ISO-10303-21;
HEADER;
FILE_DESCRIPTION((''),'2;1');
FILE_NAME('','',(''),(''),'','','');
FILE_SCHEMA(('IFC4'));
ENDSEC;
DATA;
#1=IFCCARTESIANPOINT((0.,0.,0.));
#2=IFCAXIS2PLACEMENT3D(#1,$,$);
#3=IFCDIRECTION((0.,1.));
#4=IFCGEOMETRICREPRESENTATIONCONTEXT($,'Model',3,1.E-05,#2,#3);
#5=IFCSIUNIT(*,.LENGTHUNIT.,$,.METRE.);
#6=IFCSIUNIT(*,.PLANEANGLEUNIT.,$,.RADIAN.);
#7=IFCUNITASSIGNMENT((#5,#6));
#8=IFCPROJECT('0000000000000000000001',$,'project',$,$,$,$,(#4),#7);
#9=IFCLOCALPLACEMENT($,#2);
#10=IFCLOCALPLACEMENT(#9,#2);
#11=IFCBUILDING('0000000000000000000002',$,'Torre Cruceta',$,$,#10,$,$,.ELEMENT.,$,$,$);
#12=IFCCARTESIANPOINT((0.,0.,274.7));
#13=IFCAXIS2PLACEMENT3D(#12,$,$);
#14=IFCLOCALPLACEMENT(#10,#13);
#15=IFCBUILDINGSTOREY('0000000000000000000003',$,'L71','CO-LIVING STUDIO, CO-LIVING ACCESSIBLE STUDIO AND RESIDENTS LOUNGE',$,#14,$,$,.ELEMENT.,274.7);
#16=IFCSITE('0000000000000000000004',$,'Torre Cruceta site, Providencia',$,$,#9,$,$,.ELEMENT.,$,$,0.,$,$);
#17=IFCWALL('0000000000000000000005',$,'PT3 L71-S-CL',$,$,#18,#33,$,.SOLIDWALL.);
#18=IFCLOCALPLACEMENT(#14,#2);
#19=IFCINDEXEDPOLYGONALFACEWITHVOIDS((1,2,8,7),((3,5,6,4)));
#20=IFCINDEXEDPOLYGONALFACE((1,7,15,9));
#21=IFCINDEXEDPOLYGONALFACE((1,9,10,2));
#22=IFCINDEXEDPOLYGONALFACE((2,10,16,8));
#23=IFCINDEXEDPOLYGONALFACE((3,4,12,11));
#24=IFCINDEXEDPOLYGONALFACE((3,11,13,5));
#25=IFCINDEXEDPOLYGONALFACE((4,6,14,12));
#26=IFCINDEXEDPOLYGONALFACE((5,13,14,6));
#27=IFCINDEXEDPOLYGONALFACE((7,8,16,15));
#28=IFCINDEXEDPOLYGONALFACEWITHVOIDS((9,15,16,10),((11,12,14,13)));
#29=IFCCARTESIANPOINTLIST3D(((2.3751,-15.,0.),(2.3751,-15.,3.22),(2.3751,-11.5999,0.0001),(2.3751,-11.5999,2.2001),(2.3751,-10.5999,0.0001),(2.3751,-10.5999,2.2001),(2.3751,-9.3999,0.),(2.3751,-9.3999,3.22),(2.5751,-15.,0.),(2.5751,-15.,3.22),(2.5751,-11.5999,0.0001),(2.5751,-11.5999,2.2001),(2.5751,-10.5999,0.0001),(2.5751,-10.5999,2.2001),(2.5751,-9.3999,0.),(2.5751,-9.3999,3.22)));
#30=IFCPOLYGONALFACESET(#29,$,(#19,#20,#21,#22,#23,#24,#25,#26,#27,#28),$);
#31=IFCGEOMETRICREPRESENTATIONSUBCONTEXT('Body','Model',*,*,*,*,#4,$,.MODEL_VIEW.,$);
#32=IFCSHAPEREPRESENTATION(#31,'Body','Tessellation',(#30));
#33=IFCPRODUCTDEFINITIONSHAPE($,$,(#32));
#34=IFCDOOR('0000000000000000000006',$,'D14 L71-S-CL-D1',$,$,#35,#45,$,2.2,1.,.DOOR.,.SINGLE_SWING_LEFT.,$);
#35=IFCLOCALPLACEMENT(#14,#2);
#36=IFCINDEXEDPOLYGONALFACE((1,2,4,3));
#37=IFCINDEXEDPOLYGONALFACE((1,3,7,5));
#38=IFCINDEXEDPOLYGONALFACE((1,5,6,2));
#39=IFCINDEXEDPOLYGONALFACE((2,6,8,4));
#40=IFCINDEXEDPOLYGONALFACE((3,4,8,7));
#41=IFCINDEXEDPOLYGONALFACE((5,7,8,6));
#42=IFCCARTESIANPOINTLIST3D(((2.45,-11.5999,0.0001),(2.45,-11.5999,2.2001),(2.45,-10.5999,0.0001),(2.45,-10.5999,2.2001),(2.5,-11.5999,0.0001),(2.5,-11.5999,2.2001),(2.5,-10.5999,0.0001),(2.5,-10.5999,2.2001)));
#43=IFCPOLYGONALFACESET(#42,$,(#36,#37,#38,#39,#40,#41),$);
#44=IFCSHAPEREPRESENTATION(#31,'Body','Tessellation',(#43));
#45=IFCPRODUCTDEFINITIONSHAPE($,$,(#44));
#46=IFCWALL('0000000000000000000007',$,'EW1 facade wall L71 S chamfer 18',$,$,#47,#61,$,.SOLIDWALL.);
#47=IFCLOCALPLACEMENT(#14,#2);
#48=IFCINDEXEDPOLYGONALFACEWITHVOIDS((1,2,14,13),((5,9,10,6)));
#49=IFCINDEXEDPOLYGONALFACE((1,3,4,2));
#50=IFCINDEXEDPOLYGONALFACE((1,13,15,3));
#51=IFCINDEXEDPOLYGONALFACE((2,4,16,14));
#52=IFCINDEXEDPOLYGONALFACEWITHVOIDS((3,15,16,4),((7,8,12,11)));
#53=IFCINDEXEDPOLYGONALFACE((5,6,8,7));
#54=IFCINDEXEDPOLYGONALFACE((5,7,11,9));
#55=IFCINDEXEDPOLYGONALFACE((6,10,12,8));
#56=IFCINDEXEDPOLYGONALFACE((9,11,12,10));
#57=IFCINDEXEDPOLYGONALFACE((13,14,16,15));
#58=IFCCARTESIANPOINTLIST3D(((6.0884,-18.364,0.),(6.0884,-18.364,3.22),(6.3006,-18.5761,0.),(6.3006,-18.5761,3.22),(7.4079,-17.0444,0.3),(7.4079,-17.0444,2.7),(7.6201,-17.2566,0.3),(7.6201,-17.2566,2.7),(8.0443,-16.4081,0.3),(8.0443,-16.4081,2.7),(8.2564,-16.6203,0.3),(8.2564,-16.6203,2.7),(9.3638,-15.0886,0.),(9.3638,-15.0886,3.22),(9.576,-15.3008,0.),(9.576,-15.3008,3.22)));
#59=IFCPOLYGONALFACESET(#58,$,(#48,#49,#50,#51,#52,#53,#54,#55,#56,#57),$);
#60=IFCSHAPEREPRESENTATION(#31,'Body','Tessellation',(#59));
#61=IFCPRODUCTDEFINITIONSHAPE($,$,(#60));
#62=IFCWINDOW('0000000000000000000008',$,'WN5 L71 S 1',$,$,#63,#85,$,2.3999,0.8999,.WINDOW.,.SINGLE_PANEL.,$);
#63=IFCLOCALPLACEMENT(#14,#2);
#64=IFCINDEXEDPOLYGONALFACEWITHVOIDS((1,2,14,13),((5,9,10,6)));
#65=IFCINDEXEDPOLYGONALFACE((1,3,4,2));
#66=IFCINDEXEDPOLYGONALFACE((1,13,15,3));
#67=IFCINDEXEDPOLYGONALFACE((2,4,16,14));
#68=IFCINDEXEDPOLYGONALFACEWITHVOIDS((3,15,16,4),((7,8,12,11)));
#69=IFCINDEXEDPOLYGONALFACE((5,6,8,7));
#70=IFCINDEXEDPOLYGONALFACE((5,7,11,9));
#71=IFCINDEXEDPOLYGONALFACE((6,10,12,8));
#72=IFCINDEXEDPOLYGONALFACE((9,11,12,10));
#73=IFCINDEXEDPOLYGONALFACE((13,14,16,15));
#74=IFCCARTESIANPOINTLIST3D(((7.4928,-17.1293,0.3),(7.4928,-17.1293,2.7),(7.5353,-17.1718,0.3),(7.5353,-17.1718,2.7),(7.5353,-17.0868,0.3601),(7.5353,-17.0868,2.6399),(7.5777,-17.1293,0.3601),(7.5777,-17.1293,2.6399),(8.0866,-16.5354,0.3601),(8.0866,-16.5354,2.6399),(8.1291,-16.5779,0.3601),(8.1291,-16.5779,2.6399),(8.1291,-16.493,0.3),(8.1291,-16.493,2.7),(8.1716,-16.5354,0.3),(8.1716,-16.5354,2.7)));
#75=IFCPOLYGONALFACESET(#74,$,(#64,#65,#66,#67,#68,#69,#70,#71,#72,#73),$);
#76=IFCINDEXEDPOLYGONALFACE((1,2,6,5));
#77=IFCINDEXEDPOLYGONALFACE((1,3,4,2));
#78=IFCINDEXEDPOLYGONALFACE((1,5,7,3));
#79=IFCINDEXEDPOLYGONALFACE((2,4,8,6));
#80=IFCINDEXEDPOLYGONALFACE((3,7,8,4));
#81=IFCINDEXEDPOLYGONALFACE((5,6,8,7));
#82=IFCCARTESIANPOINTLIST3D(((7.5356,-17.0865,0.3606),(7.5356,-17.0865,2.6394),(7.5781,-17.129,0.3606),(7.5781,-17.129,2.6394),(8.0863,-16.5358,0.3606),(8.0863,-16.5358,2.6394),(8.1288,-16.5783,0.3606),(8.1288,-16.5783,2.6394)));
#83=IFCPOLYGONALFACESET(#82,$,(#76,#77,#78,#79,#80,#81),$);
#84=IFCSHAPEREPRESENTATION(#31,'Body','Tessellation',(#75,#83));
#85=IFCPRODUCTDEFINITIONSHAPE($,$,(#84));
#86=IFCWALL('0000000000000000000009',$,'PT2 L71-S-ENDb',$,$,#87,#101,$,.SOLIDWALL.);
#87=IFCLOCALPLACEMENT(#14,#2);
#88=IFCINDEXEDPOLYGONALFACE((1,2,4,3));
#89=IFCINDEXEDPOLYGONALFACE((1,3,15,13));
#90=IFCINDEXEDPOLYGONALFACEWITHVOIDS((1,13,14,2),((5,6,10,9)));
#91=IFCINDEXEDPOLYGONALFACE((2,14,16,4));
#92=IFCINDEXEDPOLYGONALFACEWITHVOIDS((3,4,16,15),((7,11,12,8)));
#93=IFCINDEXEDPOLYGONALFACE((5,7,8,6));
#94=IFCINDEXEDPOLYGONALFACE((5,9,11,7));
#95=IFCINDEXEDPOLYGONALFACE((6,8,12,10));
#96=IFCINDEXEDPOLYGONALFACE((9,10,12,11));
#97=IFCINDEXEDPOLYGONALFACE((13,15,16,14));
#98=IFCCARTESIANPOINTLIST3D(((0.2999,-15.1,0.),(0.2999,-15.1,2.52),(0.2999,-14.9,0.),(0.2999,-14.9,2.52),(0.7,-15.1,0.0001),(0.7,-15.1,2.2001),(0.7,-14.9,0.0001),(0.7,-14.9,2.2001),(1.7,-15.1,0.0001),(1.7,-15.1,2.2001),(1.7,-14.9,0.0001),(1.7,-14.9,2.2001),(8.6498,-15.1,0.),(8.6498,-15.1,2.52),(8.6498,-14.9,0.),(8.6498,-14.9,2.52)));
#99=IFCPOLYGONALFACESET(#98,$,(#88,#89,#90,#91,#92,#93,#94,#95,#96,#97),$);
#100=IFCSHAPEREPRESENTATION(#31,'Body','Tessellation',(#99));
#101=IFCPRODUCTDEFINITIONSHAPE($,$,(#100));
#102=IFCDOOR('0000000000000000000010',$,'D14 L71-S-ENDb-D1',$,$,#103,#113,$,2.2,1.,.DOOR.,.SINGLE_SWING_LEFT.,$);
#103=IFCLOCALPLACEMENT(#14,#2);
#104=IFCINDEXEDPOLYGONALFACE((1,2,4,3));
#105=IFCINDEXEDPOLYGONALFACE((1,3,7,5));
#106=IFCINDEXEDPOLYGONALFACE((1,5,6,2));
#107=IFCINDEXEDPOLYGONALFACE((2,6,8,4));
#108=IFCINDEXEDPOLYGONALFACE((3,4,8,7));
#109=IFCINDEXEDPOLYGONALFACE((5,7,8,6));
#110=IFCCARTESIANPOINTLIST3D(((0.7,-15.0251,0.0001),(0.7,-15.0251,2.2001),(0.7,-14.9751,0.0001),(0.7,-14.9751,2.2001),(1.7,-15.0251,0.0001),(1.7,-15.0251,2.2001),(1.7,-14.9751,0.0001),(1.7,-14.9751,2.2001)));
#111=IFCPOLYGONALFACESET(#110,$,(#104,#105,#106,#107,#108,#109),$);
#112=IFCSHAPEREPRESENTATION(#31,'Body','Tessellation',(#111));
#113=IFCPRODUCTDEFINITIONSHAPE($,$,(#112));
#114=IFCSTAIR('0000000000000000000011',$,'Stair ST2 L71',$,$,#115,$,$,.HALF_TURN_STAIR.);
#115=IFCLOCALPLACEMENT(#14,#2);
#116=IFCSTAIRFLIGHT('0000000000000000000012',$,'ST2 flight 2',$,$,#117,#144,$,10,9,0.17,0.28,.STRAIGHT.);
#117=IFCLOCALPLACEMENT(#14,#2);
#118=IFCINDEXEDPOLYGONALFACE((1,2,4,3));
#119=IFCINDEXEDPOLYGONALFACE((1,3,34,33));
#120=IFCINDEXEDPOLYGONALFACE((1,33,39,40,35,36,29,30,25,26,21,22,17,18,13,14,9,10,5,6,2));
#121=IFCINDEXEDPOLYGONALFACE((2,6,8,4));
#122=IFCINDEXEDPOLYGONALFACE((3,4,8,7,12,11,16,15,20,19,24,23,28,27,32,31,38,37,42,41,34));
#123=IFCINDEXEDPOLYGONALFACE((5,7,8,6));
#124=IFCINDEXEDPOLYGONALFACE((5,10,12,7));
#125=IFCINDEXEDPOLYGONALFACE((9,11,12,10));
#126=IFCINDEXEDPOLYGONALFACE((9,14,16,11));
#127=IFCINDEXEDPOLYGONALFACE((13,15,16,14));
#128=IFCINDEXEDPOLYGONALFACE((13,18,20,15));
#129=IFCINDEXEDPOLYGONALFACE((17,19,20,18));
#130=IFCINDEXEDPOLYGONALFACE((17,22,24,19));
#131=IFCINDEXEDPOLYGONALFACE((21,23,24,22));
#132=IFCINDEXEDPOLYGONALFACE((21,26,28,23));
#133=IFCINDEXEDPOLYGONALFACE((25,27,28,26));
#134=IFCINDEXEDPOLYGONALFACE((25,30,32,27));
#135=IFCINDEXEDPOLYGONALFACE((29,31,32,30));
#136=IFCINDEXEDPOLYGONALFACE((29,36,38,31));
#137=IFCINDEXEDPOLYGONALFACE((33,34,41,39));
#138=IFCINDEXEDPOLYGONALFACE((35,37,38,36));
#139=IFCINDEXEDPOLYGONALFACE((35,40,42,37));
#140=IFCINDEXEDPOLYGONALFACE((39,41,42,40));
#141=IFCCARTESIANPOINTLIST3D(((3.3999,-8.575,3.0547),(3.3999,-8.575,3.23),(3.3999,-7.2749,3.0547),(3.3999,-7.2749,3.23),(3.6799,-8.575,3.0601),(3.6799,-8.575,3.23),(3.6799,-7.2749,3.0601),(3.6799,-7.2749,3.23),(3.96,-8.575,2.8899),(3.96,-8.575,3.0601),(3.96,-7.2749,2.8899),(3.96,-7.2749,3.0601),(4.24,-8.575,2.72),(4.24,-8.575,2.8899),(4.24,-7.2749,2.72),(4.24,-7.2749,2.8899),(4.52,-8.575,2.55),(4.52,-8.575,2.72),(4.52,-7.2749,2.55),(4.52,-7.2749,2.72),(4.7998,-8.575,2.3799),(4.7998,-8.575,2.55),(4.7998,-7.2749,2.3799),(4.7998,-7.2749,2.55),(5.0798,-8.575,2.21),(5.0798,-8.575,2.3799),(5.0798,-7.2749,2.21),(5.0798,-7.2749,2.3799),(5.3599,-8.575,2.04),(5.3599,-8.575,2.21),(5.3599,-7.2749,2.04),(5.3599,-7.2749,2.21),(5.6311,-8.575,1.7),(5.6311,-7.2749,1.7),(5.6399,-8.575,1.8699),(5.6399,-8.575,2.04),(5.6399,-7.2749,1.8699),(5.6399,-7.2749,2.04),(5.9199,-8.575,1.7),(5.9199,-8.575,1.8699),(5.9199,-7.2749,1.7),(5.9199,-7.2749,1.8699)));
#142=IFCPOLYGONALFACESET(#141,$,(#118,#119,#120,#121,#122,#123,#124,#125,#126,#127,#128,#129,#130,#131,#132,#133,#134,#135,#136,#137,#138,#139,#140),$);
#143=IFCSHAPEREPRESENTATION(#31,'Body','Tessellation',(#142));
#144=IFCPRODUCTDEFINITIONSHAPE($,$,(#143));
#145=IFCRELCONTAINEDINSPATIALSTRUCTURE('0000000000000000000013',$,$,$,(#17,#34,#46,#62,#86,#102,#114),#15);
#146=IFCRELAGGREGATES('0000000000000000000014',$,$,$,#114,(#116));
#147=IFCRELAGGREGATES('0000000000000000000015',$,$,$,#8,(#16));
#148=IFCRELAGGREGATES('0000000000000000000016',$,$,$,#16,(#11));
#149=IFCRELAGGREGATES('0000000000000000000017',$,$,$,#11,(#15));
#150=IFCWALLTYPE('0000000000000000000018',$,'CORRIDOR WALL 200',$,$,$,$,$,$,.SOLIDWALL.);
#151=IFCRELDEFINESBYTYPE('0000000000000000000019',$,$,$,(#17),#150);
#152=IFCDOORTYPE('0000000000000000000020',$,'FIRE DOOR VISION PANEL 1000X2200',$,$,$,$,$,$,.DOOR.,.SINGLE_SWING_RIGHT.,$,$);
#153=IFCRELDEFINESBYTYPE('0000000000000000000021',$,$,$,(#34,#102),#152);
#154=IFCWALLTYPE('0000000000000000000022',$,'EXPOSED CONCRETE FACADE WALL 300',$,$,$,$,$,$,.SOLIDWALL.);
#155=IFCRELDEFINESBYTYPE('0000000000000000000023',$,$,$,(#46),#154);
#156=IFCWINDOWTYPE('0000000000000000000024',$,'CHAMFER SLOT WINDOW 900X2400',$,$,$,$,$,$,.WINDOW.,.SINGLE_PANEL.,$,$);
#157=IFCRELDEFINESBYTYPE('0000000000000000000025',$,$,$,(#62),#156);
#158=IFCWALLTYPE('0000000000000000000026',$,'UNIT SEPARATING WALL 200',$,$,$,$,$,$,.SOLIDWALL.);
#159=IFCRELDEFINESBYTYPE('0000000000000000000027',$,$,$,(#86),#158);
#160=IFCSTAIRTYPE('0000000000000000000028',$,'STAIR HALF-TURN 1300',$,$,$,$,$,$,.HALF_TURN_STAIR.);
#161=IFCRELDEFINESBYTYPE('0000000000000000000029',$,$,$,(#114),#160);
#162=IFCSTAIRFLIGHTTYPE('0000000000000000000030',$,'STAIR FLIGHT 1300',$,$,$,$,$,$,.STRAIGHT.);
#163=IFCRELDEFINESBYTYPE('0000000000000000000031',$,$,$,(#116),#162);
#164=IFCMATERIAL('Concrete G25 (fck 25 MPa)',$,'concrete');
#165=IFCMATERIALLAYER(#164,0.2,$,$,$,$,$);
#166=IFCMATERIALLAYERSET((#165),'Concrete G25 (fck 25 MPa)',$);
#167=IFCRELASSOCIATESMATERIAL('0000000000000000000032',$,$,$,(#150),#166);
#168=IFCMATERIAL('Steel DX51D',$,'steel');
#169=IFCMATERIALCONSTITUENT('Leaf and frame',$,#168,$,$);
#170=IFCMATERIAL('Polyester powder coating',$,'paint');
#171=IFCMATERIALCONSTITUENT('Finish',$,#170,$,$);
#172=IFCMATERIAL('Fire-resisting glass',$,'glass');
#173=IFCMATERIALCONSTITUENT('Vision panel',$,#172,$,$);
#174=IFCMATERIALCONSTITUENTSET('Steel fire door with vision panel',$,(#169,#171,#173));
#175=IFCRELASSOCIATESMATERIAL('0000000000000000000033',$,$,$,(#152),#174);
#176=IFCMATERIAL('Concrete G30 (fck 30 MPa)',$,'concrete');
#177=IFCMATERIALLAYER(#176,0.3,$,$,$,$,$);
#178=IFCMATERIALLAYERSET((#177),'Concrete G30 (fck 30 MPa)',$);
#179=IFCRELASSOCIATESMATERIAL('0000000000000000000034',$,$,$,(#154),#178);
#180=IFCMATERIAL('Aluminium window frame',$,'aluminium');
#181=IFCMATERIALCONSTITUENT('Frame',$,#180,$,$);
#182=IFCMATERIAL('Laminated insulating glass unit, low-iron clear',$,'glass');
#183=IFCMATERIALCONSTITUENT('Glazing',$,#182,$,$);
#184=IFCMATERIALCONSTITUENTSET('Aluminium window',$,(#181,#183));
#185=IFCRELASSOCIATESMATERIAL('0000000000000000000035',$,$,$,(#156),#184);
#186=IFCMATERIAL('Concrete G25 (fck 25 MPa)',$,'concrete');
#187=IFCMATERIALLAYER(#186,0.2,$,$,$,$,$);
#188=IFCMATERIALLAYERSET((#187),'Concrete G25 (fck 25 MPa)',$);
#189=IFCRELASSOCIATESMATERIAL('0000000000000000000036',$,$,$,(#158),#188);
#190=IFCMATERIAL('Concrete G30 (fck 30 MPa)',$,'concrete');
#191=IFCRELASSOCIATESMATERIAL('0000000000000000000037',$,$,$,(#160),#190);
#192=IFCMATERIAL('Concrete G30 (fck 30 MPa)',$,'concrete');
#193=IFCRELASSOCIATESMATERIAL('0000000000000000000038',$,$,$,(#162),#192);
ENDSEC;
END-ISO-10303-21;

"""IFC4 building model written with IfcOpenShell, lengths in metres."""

from ifc_helpers import new_model, si_unit, direction, frame, frame_2d, origin, place, context, subcontext, project, spatial, polyline, rectangle, hollow_rectangle, outline, extrude, material, layer, layer_set, constituent, constituent_set, type_object, element, fill, aggregate, save


model = new_model("IFC4")

# Units and contexts
model_context = context("Model", 3, precision=1e-05, world=origin(), true_north=direction((0.0, 1.0)))
body_context = subcontext(model_context, "Body", "Model", "MODEL_VIEW")
ifc_project = project(units=[si_unit("LENGTHUNIT", "METRE"), si_unit("PLANEANGLEUNIT", "RADIAN")], contexts=[model_context])

# Site, building, storey
site_placement = place(None, origin())
site = spatial("IfcSite", under=ifc_project, at=site_placement, Name="Torre Cruceta site, Providencia", CompositionType="ELEMENT", RefElevation=0.0)
building_placement = place(site_placement, origin())
building = spatial("IfcBuilding", under=site, at=building_placement, Name="Torre Cruceta", CompositionType="ELEMENT")
storey_placement = place(building_placement, frame((0.0, 0.0, 274.7)))
storey = spatial("IfcBuildingStorey", under=building, at=storey_placement, Name="L71", Description="CO-LIVING STUDIO, CO-LIVING ACCESSIBLE STUDIO AND RESIDENTS LOUNGE", CompositionType="ELEMENT", Elevation=274.7)

# Wall, opening, door
ifc_material_1 = material(Name="Concrete G25 (fck 25 MPa)", Category="concrete")
ifc_layer_1 = layer(ifc_material_1, 0.2)
ifc_layer_set_1 = layer_set([ifc_layer_1], Name="Concrete G25 (fck 25 MPa)")
wall_type_1 = type_object("IfcWallType", Name="CORRIDOR WALL 200", PredefinedType="SOLIDWALL", material=ifc_layer_set_1)
wall_1_placement = place(storey_placement, frame((2.4751, -9.3999, 0.0), z_axis=(0.0, 0.0, 1.0), x_axis=(0.0, -1.0, 0.0)))
wall_1 = element("IfcWall", 1, at=wall_1_placement, inside=storey, type_object=wall_type_1, Name="PT3 L71-S-CL", PredefinedType="SOLIDWALL", context=body_context, shape_type="SweptSolid", body=[
    extrude(rectangle(XDim=5.6001, YDim=0.2, at=frame_2d((2.8, 0.0))), origin(), (0.0, 0.0, 1.0), 3.22),
])
opening_1_placement = place(wall_1_placement, frame((1.2, 0.0, 0.0)))
opening_1 = element("IfcOpeningElement", 2, at=opening_1_placement, cuts=wall_1, PredefinedType="OPENING", context=body_context, shape_type="SweptSolid", body=[
    extrude(rectangle(XDim=1.0, YDim=2.2, at=frame_2d((0.5, 1.1001))), frame((0.0, 0.1099, 0.0), z_axis=(0.0, -1.0, 0.0), x_axis=(1.0, 0.0, 0.0)), (0.0, 0.0, 1.0), 0.22),
])
ifc_material_2 = material(Name="Steel DX51D", Category="steel")
ifc_constituent_1 = constituent(ifc_material_2, Name="Leaf and frame")
ifc_material_3 = material(Name="Polyester powder coating", Category="paint")
ifc_constituent_2 = constituent(ifc_material_3, Name="Finish")
ifc_material_4 = material(Name="Fire-resisting glass", Category="glass")
ifc_constituent_3 = constituent(ifc_material_4, Name="Vision panel")
ifc_constituent_set_1 = constituent_set(constituents=[ifc_constituent_1, ifc_constituent_2, ifc_constituent_3], Name="Steel fire door with vision panel")
door_type = type_object("IfcDoorType", Name="FIRE DOOR VISION PANEL 1000X2200", OperationType="SINGLE_SWING_RIGHT", PredefinedType="DOOR", material=ifc_constituent_set_1)
door_1_placement = place(opening_1_placement, origin())
door_1 = element("IfcDoor", 3, at=door_1_placement, inside=storey, type_object=door_type, Name="D14 L71-S-CL-D1", OperationType="SINGLE_SWING_LEFT", OverallHeight=2.2, OverallWidth=1.0, PredefinedType="DOOR", context=body_context, shape_type="SweptSolid", body=[
    extrude(rectangle(XDim=1.0, YDim=2.2, at=frame_2d((0.5, 1.1001))), frame((0.0, 0.0249, 0.0), z_axis=(0.0, -1.0, 0.0), x_axis=(1.0, 0.0, 0.0)), (0.0, 0.0, 1.0), 0.05),
])
fill(opening_1, door_1)

# Wall, opening, window
ifc_material_5 = material(Name="Concrete G30 (fck 30 MPa)", Category="concrete")
ifc_layer_2 = layer(ifc_material_5, 0.3)
ifc_layer_set_2 = layer_set([ifc_layer_2], Name="Concrete G30 (fck 30 MPa)")
wall_type_2 = type_object("IfcWallType", Name="EXPOSED CONCRETE FACADE WALL 300", PredefinedType="SOLIDWALL", material=ifc_layer_set_2)
wall_2_placement = place(storey_placement, frame((6.1946, -18.47, 0.0), z_axis=(0.0, 0.0, 1.0), x_axis=(0.707107, 0.707107, 0.0)))
wall_2 = element("IfcWall", 4, at=wall_2_placement, inside=storey, type_object=wall_type_2, Name="EW1 facade wall L71 S chamfer 18", PredefinedType="SOLIDWALL", context=body_context, shape_type="SweptSolid", body=[
    extrude(rectangle(XDim=4.6321, YDim=0.3, at=frame_2d((2.3159, 0.0))), origin(), (0.0, 0.0, 1.0), 3.22),
])
opening_2_placement = place(wall_2_placement, frame((1.866, 0.0, 0.3)))
opening_2 = element("IfcOpeningElement", 5, at=opening_2_placement, cuts=wall_2, PredefinedType="OPENING", context=body_context, shape_type="SweptSolid", body=[
    extrude(rectangle(XDim=0.8999, YDim=2.3999, at=frame_2d((0.45, 1.2))), frame((0.0, 0.1599, 0.0), z_axis=(0.0, -1.0, 0.0), x_axis=(1.0, 0.0, 0.0)), (0.0, 0.0, 1.0), 0.3201),
])
ifc_material_6 = material(Name="Aluminium window frame", Category="aluminium")
ifc_constituent_4 = constituent(ifc_material_6, Name="Frame")
ifc_material_7 = material(Name="Laminated insulating glass unit, low-iron clear", Category="glass")
ifc_constituent_5 = constituent(ifc_material_7, Name="Glazing")
ifc_constituent_set_2 = constituent_set(constituents=[ifc_constituent_4, ifc_constituent_5], Name="Aluminium window")
window_type = type_object("IfcWindowType", Name="CHAMFER SLOT WINDOW 900X2400", PartitioningType="SINGLE_PANEL", PredefinedType="WINDOW", material=ifc_constituent_set_2)
window_placement = place(opening_2_placement, origin())
window = element("IfcWindow", 6, at=window_placement, inside=storey, type_object=window_type, Name="WN5 L71 S 1", OverallHeight=2.3999, OverallWidth=0.8999, PartitioningType="SINGLE_PANEL", PredefinedType="WINDOW", context=body_context, shape_type="SweptSolid", body=[
    extrude(hollow_rectangle(XDim=0.8999, YDim=2.3999, WallThickness=0.0601, at=frame_2d((0.45, 1.2))), frame((0.0, 0.03, 0.0), z_axis=(0.0, -1.0, 0.0), x_axis=(1.0, 0.0, 0.0)), (0.0, 0.0, 1.0), 0.0601),
    extrude(rectangle(XDim=0.7788, YDim=2.2788, at=frame_2d((0.45, 1.2))), frame((0.0, 0.03, 0.0), z_axis=(0.0, -1.0, 0.0), x_axis=(1.0, 0.0, 0.0)), (0.0, 0.0, 1.0), 0.0601),
])
fill(opening_2, window)

# Wall, opening, door
ifc_material_8 = material(Name="Concrete G25 (fck 25 MPa)", Category="concrete")
ifc_layer_3 = layer(ifc_material_8, 0.2)
ifc_layer_set_3 = layer_set([ifc_layer_3], Name="Concrete G25 (fck 25 MPa)")
wall_type_3 = type_object("IfcWallType", Name="UNIT SEPARATING WALL 200", PredefinedType="SOLIDWALL", material=ifc_layer_set_3)
wall_3_placement = place(storey_placement, frame((0.3, -15.0, 0.0), z_axis=(0.0, 0.0, 1.0), x_axis=(1.0, 0.0, 0.0)))
wall_3 = element("IfcWall", 7, at=wall_3_placement, inside=storey, type_object=wall_type_3, Name="PT2 L71-S-ENDb", PredefinedType="SOLIDWALL", context=body_context, shape_type="SweptSolid", body=[
    extrude(rectangle(XDim=8.3499, YDim=0.2, at=frame_2d((4.1748, 0.0))), origin(), (0.0, 0.0, 1.0), 2.52),
])
opening_3_placement = place(wall_3_placement, frame((0.3999, 0.0, 0.0)))
opening_3 = element("IfcOpeningElement", 8, at=opening_3_placement, cuts=wall_3, PredefinedType="OPENING", context=body_context, shape_type="SweptSolid", body=[
    extrude(rectangle(XDim=1.0, YDim=2.2, at=frame_2d((0.5, 1.1001))), frame((0.0, 0.1099, 0.0), z_axis=(0.0, -1.0, 0.0), x_axis=(1.0, 0.0, 0.0)), (0.0, 0.0, 1.0), 0.22),
])
door_2_placement = place(opening_3_placement, frame((1.0, 0.0, 0.0), z_axis=(0.0, 0.0, 1.0), x_axis=(-1.0, 0.0, 0.0)))
door_2 = element("IfcDoor", 9, at=door_2_placement, inside=storey, type_object=door_type, Name="D14 L71-S-ENDb-D1", OperationType="SINGLE_SWING_LEFT", OverallHeight=2.2, OverallWidth=1.0, PredefinedType="DOOR", context=body_context, shape_type="SweptSolid", body=[
    extrude(rectangle(XDim=1.0, YDim=2.2, at=frame_2d((0.5, 1.1001))), frame((0.0, 0.0251, 0.0), z_axis=(0.0, -1.0, 0.0), x_axis=(1.0, 0.0, 0.0)), (0.0, 0.0, 1.0), 0.05),
])
fill(opening_3, door_2)

# Stair, stair flight
ifc_material_9 = material(Name="Concrete G30 (fck 30 MPa)", Category="concrete")
stair_type = type_object("IfcStairType", Name="STAIR HALF-TURN 1300", PredefinedType="HALF_TURN_STAIR", material=ifc_material_9)
stair_placement = place(storey_placement, origin())
stair = element("IfcStair", 10, at=stair_placement, inside=storey, type_object=stair_type, Name="Stair ST2 L71", PredefinedType="HALF_TURN_STAIR")
ifc_material_10 = material(Name="Concrete G30 (fck 30 MPa)", Category="concrete")
stair_flight_type = type_object("IfcStairFlightType", Name="STAIR FLIGHT 1300", PredefinedType="STRAIGHT", material=ifc_material_10)
stair_flight_placement = place(storey_placement, frame((5.9199, -7.925, 1.7), z_axis=(0.0, 0.0, 1.0), x_axis=(-1.0, 0.0, 0.0)))
stair_flight = element("IfcStairFlight", 11, at=stair_flight_placement, type_object=stair_flight_type, Name="ST2 flight 2", NumberOfRisers=10, NumberOfTreads=9, PredefinedType="STRAIGHT", RiserHeight=0.17, TreadLength=0.28, context=body_context, shape_type="SweptSolid", body=[
    extrude(outline(polyline([(0.0, 0.0), (0.0, 0.1699), (0.28, 0.1699), (0.28, 0.3401), (0.5601, 0.3401), (0.5601, 0.51), (0.8401, 0.51), (0.8401, 0.6799), (1.1201, 0.6799), (1.1201, 0.8501), (1.3999, 0.8501), (1.3999, 1.02), (1.6799, 1.02), (1.6799, 1.1899), (1.96, 1.1899), (1.96, 1.3601), (2.24, 1.3601), (2.24, 1.53), (2.52, 1.53), (2.52, 1.7), (2.52, 1.3547), (0.2888, 0.0), (0.0, 0.0)])), frame((0.0, 0.6499, 0.0), z_axis=(0.0, -1.0, 0.0), x_axis=(1.0, 0.0, 0.0)), (0.0, 0.0, 1.0), 1.3),
])
aggregate(stair, [stair_flight])

save(model, "model.ifc")
